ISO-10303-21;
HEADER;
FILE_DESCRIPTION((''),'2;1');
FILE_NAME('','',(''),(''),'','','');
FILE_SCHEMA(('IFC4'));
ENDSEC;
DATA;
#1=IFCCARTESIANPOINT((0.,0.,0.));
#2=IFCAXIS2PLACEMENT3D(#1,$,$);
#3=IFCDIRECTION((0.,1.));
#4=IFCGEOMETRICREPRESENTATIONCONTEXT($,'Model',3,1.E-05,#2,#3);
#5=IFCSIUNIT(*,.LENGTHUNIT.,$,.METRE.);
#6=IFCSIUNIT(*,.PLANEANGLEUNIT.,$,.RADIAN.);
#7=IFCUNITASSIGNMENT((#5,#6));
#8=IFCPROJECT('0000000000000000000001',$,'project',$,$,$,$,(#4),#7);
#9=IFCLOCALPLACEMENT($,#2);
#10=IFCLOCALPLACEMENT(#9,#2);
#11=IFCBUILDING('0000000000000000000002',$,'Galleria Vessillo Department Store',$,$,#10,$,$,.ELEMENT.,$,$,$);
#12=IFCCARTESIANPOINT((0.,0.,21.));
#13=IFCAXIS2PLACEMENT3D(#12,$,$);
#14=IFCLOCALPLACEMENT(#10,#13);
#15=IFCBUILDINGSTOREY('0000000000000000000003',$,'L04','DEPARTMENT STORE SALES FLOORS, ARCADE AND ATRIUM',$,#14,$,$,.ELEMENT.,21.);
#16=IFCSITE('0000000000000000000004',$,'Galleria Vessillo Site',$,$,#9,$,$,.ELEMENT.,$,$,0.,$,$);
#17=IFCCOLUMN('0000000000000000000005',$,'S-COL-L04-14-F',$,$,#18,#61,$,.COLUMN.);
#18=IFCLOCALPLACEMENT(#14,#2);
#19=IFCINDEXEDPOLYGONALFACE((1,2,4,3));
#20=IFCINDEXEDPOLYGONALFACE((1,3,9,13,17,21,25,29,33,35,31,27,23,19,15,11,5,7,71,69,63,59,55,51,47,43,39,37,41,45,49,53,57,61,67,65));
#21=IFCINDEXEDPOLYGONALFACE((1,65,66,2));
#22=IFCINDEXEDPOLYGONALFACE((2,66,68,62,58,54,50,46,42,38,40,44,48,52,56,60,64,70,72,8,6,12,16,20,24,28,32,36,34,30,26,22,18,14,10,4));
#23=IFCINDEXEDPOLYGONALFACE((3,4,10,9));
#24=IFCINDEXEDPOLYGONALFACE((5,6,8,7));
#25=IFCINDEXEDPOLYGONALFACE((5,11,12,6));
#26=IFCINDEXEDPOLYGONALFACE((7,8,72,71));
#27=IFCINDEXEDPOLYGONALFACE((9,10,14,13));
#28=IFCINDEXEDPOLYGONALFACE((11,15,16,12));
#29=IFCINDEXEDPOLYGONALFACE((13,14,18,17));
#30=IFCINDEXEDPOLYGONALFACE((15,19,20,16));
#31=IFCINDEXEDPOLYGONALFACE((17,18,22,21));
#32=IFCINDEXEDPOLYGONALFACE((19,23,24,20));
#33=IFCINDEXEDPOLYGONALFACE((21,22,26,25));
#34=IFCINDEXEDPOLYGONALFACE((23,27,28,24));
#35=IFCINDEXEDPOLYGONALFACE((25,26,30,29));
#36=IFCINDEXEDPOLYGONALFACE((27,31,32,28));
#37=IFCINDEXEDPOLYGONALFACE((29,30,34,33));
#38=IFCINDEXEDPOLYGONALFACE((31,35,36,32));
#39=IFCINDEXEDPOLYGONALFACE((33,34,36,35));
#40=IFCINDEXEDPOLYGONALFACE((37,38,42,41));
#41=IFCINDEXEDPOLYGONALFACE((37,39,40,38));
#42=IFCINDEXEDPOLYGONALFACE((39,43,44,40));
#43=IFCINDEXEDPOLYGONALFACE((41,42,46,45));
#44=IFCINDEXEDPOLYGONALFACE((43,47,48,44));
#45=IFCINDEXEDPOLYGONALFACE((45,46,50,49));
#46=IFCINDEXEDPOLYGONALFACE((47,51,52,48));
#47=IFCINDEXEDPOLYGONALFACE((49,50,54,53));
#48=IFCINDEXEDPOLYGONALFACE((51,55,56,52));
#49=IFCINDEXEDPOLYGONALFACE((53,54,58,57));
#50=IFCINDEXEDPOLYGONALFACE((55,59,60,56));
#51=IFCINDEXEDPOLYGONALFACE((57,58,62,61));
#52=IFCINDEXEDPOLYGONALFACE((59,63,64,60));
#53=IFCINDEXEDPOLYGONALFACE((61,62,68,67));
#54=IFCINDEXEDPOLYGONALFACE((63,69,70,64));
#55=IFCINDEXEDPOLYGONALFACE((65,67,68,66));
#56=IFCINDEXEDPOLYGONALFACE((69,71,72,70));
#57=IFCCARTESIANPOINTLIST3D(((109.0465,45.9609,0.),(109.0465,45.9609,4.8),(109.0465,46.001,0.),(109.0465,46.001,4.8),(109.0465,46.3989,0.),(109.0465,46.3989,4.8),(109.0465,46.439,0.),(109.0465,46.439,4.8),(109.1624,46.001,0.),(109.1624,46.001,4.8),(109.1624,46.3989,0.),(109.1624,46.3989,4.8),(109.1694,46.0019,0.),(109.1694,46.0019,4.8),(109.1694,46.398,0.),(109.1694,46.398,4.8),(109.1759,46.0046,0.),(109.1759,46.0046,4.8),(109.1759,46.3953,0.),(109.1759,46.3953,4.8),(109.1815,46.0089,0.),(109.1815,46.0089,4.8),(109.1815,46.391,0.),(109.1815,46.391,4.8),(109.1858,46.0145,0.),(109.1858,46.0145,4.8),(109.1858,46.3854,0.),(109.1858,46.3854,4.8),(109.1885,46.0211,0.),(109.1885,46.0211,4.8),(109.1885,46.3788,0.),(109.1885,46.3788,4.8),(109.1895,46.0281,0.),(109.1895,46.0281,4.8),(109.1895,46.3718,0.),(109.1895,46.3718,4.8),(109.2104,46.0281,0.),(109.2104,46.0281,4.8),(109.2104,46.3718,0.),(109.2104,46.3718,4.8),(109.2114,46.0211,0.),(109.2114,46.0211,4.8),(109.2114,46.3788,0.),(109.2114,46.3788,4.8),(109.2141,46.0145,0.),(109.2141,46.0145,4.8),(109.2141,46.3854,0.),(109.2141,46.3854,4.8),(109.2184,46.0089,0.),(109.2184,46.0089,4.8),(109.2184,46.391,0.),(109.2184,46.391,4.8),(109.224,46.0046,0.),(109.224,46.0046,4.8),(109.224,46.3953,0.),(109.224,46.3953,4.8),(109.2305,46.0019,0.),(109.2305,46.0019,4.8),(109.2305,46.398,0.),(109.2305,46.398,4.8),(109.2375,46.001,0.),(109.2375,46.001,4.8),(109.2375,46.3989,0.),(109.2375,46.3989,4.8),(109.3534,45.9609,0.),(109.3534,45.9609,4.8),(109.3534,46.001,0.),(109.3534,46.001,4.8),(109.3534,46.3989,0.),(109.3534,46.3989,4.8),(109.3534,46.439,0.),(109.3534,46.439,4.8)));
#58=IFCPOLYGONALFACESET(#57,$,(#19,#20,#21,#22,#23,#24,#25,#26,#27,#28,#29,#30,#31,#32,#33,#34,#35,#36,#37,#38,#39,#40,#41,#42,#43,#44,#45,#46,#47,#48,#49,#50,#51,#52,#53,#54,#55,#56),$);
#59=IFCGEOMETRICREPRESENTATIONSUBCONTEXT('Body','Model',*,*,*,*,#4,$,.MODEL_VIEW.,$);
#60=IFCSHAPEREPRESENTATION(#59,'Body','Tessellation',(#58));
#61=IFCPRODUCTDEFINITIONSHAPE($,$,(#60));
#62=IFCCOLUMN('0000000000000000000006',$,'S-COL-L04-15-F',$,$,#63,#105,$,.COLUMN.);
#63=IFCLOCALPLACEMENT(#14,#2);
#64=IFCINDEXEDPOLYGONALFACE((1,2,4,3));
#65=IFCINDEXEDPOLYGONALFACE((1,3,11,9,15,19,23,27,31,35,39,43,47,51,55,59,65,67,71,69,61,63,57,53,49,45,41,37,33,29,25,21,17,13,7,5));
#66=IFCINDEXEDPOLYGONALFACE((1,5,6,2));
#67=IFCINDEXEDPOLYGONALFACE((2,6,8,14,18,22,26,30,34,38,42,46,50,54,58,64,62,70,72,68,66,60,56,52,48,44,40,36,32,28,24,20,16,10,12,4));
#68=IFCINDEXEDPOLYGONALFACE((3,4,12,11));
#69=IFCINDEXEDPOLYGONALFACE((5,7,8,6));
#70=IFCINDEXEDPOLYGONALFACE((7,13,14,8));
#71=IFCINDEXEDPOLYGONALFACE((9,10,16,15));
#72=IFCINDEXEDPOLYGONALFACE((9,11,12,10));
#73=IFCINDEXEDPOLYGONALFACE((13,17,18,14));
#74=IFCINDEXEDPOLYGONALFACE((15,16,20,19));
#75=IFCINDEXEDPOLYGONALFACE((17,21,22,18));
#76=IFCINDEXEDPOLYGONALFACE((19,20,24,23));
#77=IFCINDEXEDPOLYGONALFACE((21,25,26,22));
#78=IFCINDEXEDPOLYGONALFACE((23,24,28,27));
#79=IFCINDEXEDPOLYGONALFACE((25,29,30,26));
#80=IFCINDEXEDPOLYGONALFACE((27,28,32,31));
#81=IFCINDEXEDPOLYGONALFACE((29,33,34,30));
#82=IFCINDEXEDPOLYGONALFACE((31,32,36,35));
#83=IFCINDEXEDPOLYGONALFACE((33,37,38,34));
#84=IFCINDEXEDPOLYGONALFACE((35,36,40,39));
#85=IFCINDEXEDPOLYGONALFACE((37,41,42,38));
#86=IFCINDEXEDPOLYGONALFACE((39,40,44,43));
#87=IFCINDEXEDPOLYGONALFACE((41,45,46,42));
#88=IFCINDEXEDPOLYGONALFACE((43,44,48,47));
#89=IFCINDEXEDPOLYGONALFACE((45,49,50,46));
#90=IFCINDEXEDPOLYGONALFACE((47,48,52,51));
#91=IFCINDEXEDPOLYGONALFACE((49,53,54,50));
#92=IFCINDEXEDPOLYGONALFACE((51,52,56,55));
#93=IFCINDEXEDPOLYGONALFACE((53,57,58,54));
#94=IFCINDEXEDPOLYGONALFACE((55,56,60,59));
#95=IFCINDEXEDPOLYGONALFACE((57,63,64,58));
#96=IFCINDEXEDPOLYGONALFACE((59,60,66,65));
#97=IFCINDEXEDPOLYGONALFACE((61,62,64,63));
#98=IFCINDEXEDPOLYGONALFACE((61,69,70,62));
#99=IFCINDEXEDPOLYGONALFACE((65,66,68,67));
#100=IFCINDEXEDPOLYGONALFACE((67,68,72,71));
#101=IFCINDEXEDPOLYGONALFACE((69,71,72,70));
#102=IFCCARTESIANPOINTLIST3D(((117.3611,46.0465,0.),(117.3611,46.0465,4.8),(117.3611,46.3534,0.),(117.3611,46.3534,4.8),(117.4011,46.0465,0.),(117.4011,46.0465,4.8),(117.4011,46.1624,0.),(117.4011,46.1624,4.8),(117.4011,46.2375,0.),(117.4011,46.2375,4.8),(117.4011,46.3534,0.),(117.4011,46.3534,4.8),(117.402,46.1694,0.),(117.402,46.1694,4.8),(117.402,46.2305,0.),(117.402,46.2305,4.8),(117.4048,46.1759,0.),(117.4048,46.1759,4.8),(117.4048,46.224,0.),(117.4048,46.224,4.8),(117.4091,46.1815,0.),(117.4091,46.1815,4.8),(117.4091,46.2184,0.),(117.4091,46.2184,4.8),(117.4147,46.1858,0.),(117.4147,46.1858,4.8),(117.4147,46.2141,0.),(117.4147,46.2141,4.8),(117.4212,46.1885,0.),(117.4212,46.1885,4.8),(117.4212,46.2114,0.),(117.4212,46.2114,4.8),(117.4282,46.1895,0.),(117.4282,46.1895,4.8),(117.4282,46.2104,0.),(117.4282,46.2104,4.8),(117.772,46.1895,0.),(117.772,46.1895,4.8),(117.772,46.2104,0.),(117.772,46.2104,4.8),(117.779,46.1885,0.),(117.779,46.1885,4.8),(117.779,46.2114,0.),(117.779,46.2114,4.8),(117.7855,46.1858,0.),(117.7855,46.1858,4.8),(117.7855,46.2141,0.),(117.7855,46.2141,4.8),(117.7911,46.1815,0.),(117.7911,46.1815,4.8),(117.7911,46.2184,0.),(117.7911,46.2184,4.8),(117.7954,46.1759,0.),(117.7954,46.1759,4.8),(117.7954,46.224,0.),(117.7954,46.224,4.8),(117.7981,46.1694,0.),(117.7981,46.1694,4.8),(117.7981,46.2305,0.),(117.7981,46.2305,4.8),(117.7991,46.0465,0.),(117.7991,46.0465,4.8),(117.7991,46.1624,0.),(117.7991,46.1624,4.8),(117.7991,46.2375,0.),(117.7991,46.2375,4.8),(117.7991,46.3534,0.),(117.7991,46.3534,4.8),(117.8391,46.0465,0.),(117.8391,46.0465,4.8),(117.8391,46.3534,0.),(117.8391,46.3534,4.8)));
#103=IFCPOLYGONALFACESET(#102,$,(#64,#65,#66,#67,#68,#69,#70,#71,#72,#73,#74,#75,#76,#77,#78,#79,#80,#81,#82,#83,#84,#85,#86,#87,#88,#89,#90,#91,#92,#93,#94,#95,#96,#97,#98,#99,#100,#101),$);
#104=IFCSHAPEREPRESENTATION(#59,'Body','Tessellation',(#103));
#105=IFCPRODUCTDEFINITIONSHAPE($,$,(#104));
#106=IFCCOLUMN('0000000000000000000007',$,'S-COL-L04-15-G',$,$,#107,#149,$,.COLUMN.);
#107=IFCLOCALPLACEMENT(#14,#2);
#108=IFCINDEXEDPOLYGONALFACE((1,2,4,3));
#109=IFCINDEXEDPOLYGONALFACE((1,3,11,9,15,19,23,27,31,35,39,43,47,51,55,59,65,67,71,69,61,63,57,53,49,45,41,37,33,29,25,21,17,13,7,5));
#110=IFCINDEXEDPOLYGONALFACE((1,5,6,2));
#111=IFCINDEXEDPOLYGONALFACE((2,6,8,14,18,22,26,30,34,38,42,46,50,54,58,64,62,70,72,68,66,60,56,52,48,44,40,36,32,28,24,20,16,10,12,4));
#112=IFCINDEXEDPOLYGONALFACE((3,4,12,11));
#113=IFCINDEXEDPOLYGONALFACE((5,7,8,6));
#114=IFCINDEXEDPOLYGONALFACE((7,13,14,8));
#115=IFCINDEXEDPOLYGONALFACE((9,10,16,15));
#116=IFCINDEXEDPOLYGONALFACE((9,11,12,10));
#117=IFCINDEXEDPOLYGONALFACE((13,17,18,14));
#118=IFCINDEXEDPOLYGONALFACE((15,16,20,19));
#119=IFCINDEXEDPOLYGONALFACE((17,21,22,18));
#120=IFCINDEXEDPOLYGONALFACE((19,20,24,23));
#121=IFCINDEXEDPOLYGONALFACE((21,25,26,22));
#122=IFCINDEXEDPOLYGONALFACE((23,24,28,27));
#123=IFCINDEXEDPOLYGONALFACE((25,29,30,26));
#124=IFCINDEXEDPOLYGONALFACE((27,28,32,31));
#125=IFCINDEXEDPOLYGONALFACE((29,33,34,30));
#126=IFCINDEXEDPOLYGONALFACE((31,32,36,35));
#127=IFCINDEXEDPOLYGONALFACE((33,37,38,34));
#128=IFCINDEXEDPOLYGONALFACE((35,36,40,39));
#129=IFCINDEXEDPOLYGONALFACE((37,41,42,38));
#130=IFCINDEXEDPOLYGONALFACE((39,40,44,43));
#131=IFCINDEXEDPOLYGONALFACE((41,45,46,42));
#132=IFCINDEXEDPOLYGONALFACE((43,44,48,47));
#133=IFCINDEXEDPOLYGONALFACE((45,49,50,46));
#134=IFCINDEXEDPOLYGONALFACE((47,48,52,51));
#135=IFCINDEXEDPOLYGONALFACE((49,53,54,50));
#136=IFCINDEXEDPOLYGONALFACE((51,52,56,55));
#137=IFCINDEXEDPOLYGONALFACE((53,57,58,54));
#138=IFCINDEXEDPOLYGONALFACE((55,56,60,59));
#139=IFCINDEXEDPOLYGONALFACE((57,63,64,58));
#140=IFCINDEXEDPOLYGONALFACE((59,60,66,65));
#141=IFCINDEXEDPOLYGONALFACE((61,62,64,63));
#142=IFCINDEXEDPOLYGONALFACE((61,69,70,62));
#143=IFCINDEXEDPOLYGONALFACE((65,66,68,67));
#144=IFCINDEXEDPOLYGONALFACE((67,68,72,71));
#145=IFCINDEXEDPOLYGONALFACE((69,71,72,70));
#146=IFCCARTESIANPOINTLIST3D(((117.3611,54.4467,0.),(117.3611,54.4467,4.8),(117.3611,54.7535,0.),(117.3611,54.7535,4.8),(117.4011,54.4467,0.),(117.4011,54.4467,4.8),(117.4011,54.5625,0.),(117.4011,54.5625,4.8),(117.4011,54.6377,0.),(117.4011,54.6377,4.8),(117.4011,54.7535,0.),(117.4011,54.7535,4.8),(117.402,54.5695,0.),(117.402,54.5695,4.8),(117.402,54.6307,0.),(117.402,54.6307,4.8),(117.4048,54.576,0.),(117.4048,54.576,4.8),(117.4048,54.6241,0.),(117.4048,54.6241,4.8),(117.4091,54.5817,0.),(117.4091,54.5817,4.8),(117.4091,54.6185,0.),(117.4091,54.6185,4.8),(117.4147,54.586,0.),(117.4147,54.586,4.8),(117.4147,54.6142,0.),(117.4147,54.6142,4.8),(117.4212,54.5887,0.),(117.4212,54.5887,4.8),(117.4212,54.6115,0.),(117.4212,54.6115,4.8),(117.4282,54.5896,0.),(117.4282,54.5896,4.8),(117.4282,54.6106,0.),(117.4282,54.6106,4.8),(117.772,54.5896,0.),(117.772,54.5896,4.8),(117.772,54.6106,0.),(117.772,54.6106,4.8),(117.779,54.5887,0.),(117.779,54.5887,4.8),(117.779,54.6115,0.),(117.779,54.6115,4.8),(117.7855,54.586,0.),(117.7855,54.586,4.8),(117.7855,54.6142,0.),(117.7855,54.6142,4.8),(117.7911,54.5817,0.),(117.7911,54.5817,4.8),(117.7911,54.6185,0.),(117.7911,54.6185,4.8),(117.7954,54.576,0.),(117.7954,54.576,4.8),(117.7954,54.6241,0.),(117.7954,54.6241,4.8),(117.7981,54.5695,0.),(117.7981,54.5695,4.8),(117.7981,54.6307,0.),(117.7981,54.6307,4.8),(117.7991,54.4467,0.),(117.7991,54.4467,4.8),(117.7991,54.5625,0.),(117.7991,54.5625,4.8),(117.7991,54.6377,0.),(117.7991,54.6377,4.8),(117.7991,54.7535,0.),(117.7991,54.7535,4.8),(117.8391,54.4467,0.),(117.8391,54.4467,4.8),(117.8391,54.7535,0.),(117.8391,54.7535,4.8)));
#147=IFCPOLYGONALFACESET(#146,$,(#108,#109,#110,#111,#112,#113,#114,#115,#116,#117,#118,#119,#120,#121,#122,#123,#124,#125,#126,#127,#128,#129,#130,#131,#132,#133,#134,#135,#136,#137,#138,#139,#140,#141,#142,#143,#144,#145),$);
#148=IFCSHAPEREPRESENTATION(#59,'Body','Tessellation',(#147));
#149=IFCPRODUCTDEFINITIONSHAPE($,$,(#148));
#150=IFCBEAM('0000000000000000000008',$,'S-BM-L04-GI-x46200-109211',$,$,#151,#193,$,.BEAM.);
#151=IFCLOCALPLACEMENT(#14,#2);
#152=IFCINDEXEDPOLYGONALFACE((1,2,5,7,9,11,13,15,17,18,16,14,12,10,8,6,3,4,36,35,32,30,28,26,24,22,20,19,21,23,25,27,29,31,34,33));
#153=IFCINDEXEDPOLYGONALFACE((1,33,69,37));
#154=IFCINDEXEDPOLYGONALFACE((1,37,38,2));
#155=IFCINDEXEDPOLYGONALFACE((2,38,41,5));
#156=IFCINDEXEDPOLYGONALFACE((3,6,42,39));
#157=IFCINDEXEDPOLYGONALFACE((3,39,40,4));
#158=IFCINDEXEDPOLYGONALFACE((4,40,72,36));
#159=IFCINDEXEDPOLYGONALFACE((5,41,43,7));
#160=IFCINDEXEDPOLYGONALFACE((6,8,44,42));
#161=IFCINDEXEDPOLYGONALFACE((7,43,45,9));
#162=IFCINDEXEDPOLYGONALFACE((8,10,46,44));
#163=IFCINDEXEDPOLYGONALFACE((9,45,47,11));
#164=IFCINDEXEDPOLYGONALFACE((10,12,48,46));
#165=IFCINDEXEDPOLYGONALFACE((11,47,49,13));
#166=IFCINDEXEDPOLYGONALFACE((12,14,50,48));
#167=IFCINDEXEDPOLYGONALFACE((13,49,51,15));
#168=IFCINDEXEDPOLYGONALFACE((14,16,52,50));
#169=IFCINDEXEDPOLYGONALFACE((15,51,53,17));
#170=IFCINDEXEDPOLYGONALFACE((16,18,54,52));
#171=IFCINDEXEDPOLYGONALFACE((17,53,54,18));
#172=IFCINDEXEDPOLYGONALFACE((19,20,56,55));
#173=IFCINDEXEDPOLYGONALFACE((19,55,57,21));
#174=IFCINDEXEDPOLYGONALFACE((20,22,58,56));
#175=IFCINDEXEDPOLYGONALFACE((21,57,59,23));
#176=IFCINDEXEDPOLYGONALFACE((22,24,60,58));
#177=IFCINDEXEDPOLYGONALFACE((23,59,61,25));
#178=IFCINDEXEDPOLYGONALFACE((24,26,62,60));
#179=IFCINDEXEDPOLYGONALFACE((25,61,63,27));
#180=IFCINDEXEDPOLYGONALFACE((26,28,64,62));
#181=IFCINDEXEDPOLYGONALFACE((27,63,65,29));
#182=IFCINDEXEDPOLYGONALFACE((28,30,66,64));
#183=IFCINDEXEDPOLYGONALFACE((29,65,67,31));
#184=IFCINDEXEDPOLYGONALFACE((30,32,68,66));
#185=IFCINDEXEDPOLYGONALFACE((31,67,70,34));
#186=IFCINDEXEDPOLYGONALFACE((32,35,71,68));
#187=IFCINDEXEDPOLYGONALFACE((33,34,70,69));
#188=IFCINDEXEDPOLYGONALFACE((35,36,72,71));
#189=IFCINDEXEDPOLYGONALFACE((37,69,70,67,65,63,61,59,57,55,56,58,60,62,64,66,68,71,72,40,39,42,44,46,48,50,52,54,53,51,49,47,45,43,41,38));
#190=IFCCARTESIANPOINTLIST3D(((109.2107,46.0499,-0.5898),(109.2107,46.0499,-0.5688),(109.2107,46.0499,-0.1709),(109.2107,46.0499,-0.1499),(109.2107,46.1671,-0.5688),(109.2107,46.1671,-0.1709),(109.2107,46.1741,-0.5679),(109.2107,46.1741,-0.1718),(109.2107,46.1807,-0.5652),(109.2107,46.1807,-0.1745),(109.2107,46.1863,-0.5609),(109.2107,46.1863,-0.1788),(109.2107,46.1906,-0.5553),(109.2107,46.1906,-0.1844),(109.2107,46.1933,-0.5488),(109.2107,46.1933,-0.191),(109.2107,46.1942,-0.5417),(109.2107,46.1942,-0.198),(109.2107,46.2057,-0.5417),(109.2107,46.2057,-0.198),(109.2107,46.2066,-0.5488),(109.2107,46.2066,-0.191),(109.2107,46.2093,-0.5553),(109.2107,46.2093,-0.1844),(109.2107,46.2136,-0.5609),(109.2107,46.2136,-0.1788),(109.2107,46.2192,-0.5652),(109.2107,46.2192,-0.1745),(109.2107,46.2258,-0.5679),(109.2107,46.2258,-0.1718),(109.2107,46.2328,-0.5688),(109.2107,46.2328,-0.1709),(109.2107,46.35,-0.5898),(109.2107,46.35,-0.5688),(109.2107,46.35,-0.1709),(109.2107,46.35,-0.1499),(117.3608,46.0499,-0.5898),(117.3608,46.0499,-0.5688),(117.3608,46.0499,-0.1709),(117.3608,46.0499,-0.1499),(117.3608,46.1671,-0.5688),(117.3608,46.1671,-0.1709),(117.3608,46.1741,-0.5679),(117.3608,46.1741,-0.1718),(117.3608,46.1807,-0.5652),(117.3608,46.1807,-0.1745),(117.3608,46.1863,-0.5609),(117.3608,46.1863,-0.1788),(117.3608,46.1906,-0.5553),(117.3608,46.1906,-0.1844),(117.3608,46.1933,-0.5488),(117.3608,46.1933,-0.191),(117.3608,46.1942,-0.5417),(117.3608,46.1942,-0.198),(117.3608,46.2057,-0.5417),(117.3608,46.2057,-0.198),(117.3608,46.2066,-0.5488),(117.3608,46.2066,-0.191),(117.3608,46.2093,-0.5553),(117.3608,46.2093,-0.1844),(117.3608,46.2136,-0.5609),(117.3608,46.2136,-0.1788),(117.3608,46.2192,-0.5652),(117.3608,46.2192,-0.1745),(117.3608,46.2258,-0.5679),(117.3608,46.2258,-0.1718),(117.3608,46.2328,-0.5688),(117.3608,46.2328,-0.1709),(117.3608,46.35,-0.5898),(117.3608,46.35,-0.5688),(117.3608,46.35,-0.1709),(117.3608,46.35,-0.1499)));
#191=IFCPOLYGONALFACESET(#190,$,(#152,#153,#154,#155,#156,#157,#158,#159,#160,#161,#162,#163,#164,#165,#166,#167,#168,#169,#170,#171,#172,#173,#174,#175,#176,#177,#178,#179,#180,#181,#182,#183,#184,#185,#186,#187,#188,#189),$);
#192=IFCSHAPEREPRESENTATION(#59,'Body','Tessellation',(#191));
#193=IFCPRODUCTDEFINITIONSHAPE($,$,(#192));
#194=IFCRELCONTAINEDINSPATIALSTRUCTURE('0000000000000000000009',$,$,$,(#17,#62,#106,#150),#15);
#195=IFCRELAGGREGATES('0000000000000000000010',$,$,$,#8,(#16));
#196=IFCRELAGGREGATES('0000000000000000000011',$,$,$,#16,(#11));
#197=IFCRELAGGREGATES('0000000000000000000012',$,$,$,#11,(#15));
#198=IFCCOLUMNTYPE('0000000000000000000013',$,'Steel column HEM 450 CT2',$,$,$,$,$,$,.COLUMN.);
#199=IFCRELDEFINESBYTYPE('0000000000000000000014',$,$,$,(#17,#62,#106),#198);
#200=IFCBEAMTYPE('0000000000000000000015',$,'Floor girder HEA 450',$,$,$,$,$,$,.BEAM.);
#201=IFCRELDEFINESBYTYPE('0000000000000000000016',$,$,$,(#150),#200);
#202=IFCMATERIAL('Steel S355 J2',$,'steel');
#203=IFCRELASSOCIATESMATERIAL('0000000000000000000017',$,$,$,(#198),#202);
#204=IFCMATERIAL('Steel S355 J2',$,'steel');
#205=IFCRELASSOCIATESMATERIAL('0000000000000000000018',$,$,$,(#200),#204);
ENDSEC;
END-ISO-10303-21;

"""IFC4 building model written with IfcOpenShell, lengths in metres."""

from ifc_helpers import new_model, si_unit, direction, frame, origin, origin_2d, place, context, subcontext, project, spatial, i_section, extrude, material, material_profile, profile_set, type_object, element, save


model = new_model("IFC4")

# Units and contexts
model_context = context("Model", 3, precision=1e-05, world=origin(), true_north=direction((0.0, 1.0)))
body_context = subcontext(model_context, "Body", "Model", "MODEL_VIEW")
ifc_project = project(units=[si_unit("LENGTHUNIT", "METRE"), si_unit("PLANEANGLEUNIT", "RADIAN")], contexts=[model_context])

# Site, building, storey
site_placement = place(None, origin())
site = spatial("IfcSite", under=ifc_project, at=site_placement, Name="Galleria Vessillo Site", CompositionType="ELEMENT", RefElevation=0.0)
building_placement = place(site_placement, origin())
building = spatial("IfcBuilding", under=site, at=building_placement, Name="Galleria Vessillo Department Store", CompositionType="ELEMENT")
storey_placement = place(building_placement, frame((0.0, 0.0, 21.0)))
storey = spatial("IfcBuildingStorey", under=building, at=storey_placement, Name="L04", Description="DEPARTMENT STORE SALES FLOORS, ARCADE AND ATRIUM", CompositionType="ELEMENT", Elevation=21.0)

# Columns
ifc_material_1 = material(Name="Steel S355 J2", Category="steel")
ifc_material_profile_1 = material_profile(ifc_material_1, i_section(OverallWidth=0.3069, OverallDepth=0.478, WebThickness=0.021, FlangeThickness=0.04, FilletRadius=0.0271, at=origin_2d()), Name="HEM 450")
ifc_profile_set_1 = profile_set([ifc_material_profile_1], Name="Steel S355 J2")
column_type = type_object("IfcColumnType", Name="Steel column HEM 450 CT2", PredefinedType="COLUMN", material=ifc_profile_set_1)
for number, where, z_axis, x_axis, name in (
    (1, (109.2, 46.2, 0.0), (0.0, 0.0, 1.0), (1.0, 0.0, 0.0), "S-COL-L04-14-F"),
    (2, (117.6001, 46.2, 0.0), (0.0, 0.0, 1.0), (0.0, 1.0, 0.0), "S-COL-L04-15-F"),
    (3, (117.6001, 54.6001, 0.0), (0.0, 0.0, 1.0), (0.0, 1.0, 0.0), "S-COL-L04-15-G"),
):
    element("IfcColumn", number, at=place(storey_placement, frame(where, z_axis=z_axis, x_axis=x_axis)), inside=storey, type_object=column_type, Name=name, PredefinedType="COLUMN", context=body_context, shape_type="SweptSolid", body=[
        extrude(i_section(OverallWidth=0.3069, OverallDepth=0.478, WebThickness=0.021, FlangeThickness=0.04, FilletRadius=0.0271, at=origin_2d()), origin(), (0.0, 0.0, 1.0), 4.8),
    ])

# Beam
ifc_material_2 = material(Name="Steel S355 J2", Category="steel")
ifc_material_profile_2 = material_profile(ifc_material_2, i_section(OverallWidth=0.3, OverallDepth=0.4399, WebThickness=0.0115, FlangeThickness=0.021, FilletRadius=0.0271, at=origin_2d()), Name="HEA 450")
ifc_profile_set_2 = profile_set([ifc_material_profile_2], Name="Steel S355 J2")
beam_type_1 = type_object("IfcBeamType", Name="Floor girder HEA 450", PredefinedType="BEAM", material=ifc_profile_set_2)
beam_1_placement = place(storey_placement, frame((109.2107, 46.2, -0.3699), z_axis=(1.0, 0.0, 0.0), x_axis=(0.0, 1.0, 0.0)))
element("IfcBeam", 4, at=beam_1_placement, inside=storey, type_object=beam_type_1, Name="S-BM-L04-GI-x46200-109211", PredefinedType="BEAM", context=body_context, shape_type="SweptSolid", body=[
    extrude(i_section(OverallWidth=0.3, OverallDepth=0.4399, WebThickness=0.0115, FlangeThickness=0.021, FilletRadius=0.0271, at=origin_2d()), origin(), (0.0, 0.0, 1.0), 8.1501),
])

save(model, "model.ifc")
